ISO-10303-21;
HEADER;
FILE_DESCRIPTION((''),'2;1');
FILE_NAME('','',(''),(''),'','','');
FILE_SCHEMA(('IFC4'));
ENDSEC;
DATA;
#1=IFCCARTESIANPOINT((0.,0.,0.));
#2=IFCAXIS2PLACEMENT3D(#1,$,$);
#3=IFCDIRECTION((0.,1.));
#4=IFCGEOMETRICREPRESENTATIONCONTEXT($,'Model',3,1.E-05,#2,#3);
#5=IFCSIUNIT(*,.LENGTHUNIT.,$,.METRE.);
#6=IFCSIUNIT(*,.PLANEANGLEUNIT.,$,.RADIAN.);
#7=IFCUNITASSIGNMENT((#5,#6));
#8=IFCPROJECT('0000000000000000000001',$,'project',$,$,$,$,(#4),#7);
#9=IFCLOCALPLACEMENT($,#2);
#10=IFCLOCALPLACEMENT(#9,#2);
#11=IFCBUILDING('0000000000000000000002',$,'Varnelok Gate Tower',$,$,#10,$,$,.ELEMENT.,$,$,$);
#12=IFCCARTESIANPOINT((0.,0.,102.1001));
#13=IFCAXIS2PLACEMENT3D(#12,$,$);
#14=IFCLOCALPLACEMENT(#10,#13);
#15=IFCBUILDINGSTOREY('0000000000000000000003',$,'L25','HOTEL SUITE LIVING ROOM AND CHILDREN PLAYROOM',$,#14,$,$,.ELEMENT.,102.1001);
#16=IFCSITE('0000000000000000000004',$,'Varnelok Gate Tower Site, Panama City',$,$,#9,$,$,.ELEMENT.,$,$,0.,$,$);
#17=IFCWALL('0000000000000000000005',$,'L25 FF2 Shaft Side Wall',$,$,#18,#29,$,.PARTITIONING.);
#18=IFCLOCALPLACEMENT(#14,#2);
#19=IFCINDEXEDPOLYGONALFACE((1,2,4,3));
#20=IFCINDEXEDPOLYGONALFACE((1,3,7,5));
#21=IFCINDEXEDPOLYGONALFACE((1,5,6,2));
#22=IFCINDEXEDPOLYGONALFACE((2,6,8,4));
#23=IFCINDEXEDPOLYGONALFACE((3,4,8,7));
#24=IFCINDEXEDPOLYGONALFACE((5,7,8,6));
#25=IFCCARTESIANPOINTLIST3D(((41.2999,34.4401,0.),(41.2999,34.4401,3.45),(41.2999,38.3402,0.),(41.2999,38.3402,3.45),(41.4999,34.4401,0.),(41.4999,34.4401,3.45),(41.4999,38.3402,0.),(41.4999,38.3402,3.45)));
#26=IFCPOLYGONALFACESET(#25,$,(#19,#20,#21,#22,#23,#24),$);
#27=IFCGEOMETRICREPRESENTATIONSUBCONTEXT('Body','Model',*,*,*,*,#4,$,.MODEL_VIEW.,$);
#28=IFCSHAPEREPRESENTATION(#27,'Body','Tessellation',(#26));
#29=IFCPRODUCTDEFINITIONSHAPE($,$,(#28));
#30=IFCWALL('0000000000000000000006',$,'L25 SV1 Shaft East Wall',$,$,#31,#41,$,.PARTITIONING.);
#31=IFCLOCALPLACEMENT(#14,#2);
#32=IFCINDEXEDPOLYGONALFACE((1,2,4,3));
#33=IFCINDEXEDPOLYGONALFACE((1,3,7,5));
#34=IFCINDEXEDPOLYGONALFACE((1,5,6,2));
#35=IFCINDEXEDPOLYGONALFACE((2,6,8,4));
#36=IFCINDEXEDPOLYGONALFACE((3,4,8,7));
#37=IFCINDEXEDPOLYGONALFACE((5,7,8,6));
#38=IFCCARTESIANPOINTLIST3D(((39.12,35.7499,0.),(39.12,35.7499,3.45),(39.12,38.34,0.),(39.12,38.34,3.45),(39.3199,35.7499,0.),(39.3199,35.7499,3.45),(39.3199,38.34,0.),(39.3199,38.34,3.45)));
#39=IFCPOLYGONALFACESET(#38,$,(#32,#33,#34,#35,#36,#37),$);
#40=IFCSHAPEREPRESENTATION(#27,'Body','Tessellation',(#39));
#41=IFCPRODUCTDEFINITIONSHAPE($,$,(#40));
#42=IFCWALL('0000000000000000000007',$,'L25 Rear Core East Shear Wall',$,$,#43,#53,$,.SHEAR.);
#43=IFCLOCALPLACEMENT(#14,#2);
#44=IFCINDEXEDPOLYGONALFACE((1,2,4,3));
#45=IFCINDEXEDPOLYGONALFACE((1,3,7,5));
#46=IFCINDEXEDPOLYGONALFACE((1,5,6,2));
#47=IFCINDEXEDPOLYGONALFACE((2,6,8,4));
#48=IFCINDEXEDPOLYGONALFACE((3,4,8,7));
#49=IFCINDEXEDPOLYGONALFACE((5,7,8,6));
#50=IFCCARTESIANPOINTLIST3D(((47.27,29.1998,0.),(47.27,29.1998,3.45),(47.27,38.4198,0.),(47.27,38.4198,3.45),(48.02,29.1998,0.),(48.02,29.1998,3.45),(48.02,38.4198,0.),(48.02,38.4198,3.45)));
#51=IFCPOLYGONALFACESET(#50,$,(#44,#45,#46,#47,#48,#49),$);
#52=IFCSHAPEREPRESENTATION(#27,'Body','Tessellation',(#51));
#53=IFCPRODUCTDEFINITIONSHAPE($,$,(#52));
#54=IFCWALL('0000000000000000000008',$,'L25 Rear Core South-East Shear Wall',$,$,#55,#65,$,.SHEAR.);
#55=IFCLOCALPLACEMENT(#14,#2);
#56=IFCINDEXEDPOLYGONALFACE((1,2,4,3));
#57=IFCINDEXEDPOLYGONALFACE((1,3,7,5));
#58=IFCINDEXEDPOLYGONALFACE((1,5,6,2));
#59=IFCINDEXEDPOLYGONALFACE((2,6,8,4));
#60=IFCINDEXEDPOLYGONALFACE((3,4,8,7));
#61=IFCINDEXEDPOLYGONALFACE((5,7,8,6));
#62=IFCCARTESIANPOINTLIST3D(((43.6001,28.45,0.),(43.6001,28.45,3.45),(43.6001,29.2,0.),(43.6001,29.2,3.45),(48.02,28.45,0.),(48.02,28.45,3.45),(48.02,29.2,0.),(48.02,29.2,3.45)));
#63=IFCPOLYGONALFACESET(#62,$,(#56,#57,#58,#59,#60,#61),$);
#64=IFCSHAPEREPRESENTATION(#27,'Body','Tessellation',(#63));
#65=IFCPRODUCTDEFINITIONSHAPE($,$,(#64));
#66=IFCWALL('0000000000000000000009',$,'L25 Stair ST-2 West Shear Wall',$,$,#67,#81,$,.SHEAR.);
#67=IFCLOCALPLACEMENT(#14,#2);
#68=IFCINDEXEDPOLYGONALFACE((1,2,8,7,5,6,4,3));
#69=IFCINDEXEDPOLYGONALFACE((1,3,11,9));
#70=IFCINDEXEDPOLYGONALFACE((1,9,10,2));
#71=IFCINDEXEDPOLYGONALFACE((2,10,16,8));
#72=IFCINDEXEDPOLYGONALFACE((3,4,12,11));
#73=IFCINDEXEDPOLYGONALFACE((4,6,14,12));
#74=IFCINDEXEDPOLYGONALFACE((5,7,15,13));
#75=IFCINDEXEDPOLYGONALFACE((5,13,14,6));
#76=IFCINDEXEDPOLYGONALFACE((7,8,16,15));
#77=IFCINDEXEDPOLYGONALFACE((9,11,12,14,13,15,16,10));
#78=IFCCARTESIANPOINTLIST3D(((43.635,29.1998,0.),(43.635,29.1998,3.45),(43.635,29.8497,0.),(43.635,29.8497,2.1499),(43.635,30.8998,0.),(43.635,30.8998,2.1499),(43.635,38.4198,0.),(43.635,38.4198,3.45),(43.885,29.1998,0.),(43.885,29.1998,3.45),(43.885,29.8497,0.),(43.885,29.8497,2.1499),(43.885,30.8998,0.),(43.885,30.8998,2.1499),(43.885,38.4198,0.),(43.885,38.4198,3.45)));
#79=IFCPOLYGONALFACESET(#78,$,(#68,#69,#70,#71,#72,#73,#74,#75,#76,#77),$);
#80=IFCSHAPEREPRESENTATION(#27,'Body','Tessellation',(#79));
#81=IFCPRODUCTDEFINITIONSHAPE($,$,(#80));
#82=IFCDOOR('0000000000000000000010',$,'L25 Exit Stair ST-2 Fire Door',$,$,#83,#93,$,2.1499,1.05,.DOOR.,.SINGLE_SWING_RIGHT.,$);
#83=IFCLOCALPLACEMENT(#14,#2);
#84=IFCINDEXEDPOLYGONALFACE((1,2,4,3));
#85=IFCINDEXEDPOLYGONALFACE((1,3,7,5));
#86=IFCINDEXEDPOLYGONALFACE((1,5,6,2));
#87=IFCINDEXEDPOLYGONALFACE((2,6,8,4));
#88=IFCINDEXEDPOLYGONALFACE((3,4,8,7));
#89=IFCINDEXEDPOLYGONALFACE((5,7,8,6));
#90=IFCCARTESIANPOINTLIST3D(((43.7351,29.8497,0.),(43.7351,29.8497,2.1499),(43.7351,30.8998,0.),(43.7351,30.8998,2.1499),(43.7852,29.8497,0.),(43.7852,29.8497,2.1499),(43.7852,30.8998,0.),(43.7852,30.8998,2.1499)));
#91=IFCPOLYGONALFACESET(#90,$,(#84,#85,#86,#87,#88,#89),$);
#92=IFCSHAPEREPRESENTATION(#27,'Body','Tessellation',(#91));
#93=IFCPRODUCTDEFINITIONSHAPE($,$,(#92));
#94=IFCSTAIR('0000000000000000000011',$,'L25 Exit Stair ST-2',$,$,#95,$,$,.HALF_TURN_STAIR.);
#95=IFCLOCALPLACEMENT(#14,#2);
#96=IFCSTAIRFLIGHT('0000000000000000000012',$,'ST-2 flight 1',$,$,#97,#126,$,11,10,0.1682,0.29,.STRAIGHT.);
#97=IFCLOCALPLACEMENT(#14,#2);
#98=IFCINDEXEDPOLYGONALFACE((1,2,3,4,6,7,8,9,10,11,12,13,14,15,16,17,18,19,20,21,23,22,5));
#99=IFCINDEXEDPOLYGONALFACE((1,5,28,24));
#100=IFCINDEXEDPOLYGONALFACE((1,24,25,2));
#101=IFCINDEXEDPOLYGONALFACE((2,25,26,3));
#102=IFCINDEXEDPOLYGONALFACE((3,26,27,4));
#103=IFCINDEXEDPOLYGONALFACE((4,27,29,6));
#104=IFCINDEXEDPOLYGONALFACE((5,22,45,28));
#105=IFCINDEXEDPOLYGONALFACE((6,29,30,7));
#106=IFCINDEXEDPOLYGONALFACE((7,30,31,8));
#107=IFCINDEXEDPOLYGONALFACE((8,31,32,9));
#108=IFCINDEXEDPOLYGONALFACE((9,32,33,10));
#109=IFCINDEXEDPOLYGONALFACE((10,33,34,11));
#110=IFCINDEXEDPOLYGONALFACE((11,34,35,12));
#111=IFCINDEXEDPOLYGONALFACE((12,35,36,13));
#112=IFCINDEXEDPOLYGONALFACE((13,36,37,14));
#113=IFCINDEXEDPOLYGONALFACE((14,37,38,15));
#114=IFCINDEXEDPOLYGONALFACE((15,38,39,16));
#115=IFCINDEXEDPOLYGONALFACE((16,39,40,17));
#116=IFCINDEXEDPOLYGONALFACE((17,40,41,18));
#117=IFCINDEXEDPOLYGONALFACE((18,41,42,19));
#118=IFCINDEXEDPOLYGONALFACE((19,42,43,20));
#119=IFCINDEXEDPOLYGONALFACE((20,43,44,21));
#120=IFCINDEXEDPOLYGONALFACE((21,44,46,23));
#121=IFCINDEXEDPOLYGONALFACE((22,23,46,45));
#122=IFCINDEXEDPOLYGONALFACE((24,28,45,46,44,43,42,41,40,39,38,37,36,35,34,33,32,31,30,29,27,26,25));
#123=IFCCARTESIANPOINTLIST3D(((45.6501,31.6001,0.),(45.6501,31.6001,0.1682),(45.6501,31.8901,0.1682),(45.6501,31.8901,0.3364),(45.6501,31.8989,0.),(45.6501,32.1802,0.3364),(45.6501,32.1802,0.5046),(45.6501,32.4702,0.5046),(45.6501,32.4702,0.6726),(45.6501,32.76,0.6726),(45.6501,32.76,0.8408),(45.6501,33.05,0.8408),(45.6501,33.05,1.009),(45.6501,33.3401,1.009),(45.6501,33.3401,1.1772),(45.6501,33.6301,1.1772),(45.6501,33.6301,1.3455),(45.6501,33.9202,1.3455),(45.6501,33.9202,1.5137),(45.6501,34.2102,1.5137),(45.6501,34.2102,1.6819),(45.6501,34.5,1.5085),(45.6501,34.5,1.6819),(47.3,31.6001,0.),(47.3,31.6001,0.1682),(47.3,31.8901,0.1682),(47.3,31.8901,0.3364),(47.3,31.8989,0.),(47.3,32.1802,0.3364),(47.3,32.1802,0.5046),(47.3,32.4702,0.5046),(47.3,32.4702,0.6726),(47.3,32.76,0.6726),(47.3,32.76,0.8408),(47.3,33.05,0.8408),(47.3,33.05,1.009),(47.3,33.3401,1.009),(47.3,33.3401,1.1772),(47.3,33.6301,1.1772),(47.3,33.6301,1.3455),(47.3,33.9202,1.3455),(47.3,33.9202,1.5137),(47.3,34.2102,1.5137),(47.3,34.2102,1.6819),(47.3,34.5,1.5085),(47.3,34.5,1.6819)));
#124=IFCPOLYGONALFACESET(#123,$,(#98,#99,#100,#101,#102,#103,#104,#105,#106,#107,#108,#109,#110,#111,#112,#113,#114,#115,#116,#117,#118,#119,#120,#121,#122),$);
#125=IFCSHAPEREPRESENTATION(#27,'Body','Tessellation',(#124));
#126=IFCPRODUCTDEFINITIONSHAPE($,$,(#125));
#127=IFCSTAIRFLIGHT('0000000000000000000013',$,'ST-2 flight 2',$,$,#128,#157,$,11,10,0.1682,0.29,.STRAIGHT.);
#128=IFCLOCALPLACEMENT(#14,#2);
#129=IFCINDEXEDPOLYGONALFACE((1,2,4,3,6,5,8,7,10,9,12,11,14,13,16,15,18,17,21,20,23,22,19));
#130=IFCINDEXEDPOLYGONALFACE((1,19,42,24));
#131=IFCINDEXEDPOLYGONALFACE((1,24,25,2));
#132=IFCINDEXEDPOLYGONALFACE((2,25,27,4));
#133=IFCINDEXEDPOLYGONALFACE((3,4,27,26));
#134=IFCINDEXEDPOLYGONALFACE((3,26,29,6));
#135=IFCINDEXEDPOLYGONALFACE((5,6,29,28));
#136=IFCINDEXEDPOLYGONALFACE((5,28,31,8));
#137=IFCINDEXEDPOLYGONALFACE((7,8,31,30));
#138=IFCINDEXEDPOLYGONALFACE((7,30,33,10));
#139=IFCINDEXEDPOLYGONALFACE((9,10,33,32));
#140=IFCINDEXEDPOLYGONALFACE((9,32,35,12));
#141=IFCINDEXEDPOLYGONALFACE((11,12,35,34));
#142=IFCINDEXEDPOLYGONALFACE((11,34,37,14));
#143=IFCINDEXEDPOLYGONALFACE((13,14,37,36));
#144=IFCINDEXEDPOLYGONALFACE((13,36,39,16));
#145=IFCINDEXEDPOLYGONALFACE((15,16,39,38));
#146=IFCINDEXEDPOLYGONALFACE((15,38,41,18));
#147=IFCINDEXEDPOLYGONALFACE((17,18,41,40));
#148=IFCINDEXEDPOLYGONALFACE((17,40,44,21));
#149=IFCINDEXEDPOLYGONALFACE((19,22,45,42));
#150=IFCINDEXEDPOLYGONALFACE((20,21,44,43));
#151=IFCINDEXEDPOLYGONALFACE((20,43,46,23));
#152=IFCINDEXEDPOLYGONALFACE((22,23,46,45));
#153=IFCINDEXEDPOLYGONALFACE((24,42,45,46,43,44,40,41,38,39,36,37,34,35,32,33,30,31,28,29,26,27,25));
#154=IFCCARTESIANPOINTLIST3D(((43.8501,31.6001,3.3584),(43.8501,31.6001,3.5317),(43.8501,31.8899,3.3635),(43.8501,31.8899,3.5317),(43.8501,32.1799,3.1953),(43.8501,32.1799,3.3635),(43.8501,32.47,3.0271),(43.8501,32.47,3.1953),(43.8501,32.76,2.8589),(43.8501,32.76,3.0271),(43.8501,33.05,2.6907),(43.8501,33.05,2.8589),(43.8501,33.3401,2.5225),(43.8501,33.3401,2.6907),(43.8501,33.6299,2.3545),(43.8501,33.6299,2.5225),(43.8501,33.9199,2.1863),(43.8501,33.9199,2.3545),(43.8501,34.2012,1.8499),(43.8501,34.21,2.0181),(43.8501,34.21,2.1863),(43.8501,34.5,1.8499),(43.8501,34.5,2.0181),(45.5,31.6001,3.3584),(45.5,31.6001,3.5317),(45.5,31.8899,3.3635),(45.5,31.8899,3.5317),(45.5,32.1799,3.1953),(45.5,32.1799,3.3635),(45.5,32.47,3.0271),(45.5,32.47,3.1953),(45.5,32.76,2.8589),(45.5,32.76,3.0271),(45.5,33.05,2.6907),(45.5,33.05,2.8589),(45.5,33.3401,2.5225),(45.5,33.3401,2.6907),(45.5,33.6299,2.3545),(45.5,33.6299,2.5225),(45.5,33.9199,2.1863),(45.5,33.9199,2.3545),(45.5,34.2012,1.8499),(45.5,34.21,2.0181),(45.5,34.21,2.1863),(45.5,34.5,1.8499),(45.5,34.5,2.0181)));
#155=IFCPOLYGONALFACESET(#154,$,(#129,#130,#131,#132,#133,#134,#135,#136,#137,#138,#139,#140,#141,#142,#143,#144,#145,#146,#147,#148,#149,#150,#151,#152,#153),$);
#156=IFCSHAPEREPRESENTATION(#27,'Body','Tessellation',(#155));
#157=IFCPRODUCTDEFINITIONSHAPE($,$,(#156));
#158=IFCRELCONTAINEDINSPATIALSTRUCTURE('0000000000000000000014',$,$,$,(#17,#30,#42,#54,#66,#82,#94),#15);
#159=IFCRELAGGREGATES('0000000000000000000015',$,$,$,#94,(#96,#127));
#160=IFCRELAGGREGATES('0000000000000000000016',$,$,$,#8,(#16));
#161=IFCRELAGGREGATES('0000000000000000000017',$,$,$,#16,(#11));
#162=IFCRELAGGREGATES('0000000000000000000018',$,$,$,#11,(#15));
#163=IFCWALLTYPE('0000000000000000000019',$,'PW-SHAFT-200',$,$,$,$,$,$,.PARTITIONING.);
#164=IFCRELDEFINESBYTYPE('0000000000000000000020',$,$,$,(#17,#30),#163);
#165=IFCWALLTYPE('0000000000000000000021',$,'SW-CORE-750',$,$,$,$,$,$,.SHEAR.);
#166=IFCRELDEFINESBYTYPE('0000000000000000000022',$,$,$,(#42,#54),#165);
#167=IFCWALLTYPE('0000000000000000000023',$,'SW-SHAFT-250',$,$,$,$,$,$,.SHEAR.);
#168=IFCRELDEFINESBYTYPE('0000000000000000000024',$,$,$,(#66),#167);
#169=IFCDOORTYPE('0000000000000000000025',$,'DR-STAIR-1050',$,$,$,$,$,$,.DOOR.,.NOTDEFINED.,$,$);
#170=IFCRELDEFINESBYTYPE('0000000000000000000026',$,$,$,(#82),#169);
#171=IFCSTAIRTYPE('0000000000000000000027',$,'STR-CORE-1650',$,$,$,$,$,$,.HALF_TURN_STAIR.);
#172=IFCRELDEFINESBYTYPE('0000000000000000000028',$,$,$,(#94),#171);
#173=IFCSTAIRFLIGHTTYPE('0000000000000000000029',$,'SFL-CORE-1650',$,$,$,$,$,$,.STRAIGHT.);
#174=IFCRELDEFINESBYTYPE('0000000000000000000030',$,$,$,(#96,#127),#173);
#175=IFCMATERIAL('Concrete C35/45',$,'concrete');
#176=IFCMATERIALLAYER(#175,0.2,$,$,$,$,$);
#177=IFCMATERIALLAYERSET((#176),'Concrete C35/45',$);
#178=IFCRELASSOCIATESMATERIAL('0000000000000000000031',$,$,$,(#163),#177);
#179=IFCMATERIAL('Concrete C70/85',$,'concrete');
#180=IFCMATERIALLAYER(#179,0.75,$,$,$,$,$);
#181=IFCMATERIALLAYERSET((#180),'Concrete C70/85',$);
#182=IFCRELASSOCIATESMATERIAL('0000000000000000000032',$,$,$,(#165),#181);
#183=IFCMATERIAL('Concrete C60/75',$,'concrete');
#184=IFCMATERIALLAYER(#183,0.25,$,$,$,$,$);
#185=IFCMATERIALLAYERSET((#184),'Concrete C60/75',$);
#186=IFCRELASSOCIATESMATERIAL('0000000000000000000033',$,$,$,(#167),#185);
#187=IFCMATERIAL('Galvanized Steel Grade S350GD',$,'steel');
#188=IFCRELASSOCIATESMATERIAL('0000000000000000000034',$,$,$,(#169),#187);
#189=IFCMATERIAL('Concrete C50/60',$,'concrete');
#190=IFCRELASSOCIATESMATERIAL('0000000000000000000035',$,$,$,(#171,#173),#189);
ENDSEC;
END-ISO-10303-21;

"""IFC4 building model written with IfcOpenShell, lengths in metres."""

from ifc_helpers import new_model, si_unit, direction, frame, frame_2d, origin, place, context, subcontext, project, spatial, polyline, rectangle, outline, extrude, material, layer, layer_set, type_object, element, fill, aggregate, save


model = new_model("IFC4")

# Units and contexts
model_context = context("Model", 3, precision=1e-05, world=origin(), true_north=direction((0.0, 1.0)))
body_context = subcontext(model_context, "Body", "Model", "MODEL_VIEW")
ifc_project = project(units=[si_unit("LENGTHUNIT", "METRE"), si_unit("PLANEANGLEUNIT", "RADIAN")], contexts=[model_context])

# Site, building, storey
site_placement = place(None, origin())
site = spatial("IfcSite", under=ifc_project, at=site_placement, Name="Varnelok Gate Tower Site, Panama City", CompositionType="ELEMENT", RefElevation=0.0)
building_placement = place(site_placement, origin())
building = spatial("IfcBuilding", under=site, at=building_placement, Name="Varnelok Gate Tower", CompositionType="ELEMENT")
storey_placement = place(building_placement, frame((0.0, 0.0, 102.1001)))
storey = spatial("IfcBuildingStorey", under=building, at=storey_placement, Name="L25", Description="HOTEL SUITE LIVING ROOM AND CHILDREN PLAYROOM", CompositionType="ELEMENT", Elevation=102.1001)

# Shared definitions
ifc_material_1 = material(Name="Concrete C70/85", Category="concrete")

# Shared definitions
ifc_material_2 = material(Name="Galvanized Steel Grade S350GD", Category="steel")

# Shared definitions
ifc_material_3 = material(Name="Concrete C35/45", Category="concrete")
ifc_layer_1 = layer(ifc_material_3, 0.2)
ifc_layer_set_1 = layer_set([ifc_layer_1], Name="Concrete C35/45")
wall_type_1 = type_object("IfcWallType", Name="PW-SHAFT-200", PredefinedType="PARTITIONING", material=ifc_layer_set_1)

# Walls
wall_1_placement = place(storey_placement, frame((41.3999, 34.4399, 0.0), z_axis=(0.0, 0.0, 1.0), x_axis=(0.0, 1.0, 0.0)))
element("IfcWall", 1, at=wall_1_placement, inside=storey, type_object=wall_type_1, Name="L25 FF2 Shaft Side Wall", PredefinedType="PARTITIONING", context=body_context, shape_type="SweptSolid", body=[
    extrude(rectangle(XDim=3.9001, YDim=0.2, at=frame_2d((1.9502, 0.0))), origin(), (0.0, 0.0, 1.0), 3.45),
])
wall_2_placement = place(storey_placement, frame((39.22, 35.75, 0.0), z_axis=(0.0, 0.0, 1.0), x_axis=(0.0, 1.0, 0.0)))
element("IfcWall", 2, at=wall_2_placement, inside=storey, type_object=wall_type_1, Name="L25 SV1 Shaft East Wall", PredefinedType="PARTITIONING", context=body_context, shape_type="SweptSolid", body=[
    extrude(rectangle(XDim=2.5901, YDim=0.2, at=frame_2d((1.2949, 0.0))), origin(), (0.0, 0.0, 1.0), 3.45),
])
ifc_layer_2 = layer(ifc_material_1, 0.75)
ifc_layer_set_2 = layer_set([ifc_layer_2], Name="Concrete C70/85")
wall_type_2 = type_object("IfcWallType", Name="SW-CORE-750", PredefinedType="SHEAR", material=ifc_layer_set_2)
wall_3_placement = place(storey_placement, frame((47.645, 29.2, 0.0), z_axis=(0.0, 0.0, 1.0), x_axis=(0.0, 1.0, 0.0)))
element("IfcWall", 3, at=wall_3_placement, inside=storey, type_object=wall_type_2, Name="L25 Rear Core East Shear Wall", PredefinedType="SHEAR", context=body_context, shape_type="SweptSolid", body=[
    extrude(rectangle(XDim=9.22, YDim=0.75, at=frame_2d((4.6099, 0.0))), origin(), (0.0, 0.0, 1.0), 3.45),
])
wall_4_placement = place(storey_placement, frame((43.6001, 28.825, 0.0), z_axis=(0.0, 0.0, 1.0), x_axis=(1.0, 0.0, 0.0)))
element("IfcWall", 4, at=wall_4_placement, inside=storey, type_object=wall_type_2, Name="L25 Rear Core South-East Shear Wall", PredefinedType="SHEAR", context=body_context, shape_type="SweptSolid", body=[
    extrude(rectangle(XDim=4.4199, YDim=0.75, at=frame_2d((2.21, 0.0))), origin(), (0.0, 0.0, 1.0), 3.45),
])

# Wall, opening, door
ifc_material_4 = material(Name="Concrete C60/75", Category="concrete")
ifc_layer_3 = layer(ifc_material_4, 0.25)
ifc_layer_set_3 = layer_set([ifc_layer_3], Name="Concrete C60/75")
wall_type_3 = type_object("IfcWallType", Name="SW-SHAFT-250", PredefinedType="SHEAR", material=ifc_layer_set_3)
wall_5_placement = place(storey_placement, frame((43.76, 29.2, 0.0), z_axis=(0.0, 0.0, 1.0), x_axis=(0.0, 1.0, 0.0)))
wall_5 = element("IfcWall", 5, at=wall_5_placement, inside=storey, type_object=wall_type_3, Name="L25 Stair ST-2 West Shear Wall", PredefinedType="SHEAR", context=body_context, shape_type="SweptSolid", body=[
    extrude(rectangle(XDim=9.22, YDim=0.25, at=frame_2d((4.6099, 0.0))), origin(), (0.0, 0.0, 1.0), 3.45),
])
opening_1_placement = place(wall_5_placement, frame((0.6499, 0.0, 0.0)))
opening_1 = element("IfcOpeningElement", 6, at=opening_1_placement, cuts=wall_5, PredefinedType="OPENING", context=body_context, shape_type="SweptSolid", body=[
    extrude(rectangle(XDim=1.05, YDim=2.1499, at=frame_2d((0.5249, 1.075))), frame((0.0, 0.135, 0.0), z_axis=(0.0, -1.0, 0.0), x_axis=(1.0, 0.0, 0.0)), (0.0, 0.0, 1.0), 0.27),
])
door_type_1 = type_object("IfcDoorType", Name="DR-STAIR-1050", OperationType="NOTDEFINED", PredefinedType="DOOR", material=ifc_material_2)
door_1_placement = place(opening_1_placement, origin())
door_1 = element("IfcDoor", 7, at=door_1_placement, inside=storey, type_object=door_type_1, Name="L25 Exit Stair ST-2 Fire Door", OperationType="SINGLE_SWING_RIGHT", OverallHeight=2.1499, OverallWidth=1.05, PredefinedType="DOOR", context=body_context, shape_type="SweptSolid", body=[
    extrude(rectangle(XDim=1.05, YDim=2.1499, at=frame_2d((0.5249, 1.075))), frame((0.0, 0.0249, 0.0), z_axis=(0.0, -1.0, 0.0), x_axis=(1.0, 0.0, 0.0)), (0.0, 0.0, 1.0), 0.05),
])
fill(opening_1, door_1)

# Stair, stair flights
ifc_material_5 = material(Name="Concrete C50/60", Category="concrete")
stair_type = type_object("IfcStairType", Name="STR-CORE-1650", PredefinedType="HALF_TURN_STAIR", material=ifc_material_5)
stair_placement = place(storey_placement, origin())
stair = element("IfcStair", 8, at=stair_placement, inside=storey, type_object=stair_type, Name="L25 Exit Stair ST-2", PredefinedType="HALF_TURN_STAIR")
stair_flight_type = type_object("IfcStairFlightType", Name="SFL-CORE-1650", PredefinedType="STRAIGHT", material=ifc_material_5)
stair_flight_1_placement = place(storey_placement, frame((46.4751, 31.6001, 0.0), z_axis=(0.0, 0.0, 1.0), x_axis=(0.0, 1.0, 0.0)))
stair_flight_1 = element("IfcStairFlight", 9, at=stair_flight_1_placement, type_object=stair_flight_type, Name="ST-2 flight 1", NumberOfRisers=11, NumberOfTreads=10, PredefinedType="STRAIGHT", RiserHeight=0.1682, TreadLength=0.29, context=body_context, shape_type="SweptSolid", body=[
    extrude(outline(polyline([(0.0, 0.0), (0.0, 0.1682), (0.29, 0.1682), (0.29, 0.3364), (0.5801, 0.3364), (0.5801, 0.5046), (0.8701, 0.5046), (0.8701, 0.6726), (1.1599, 0.6726), (1.1599, 0.8408), (1.45, 0.8408), (1.45, 1.009), (1.74, 1.009), (1.74, 1.1772), (2.03, 1.1772), (2.03, 1.3455), (2.3201, 1.3455), (2.3201, 1.5137), (2.6101, 1.5137), (2.6101, 1.6819), (2.8999, 1.6819), (2.8999, 1.8501), (2.8999, 1.5085), (0.2988, 0.0), (0.0, 0.0)])), frame((0.0, 0.825, 0.0), z_axis=(0.0, -1.0, 0.0), x_axis=(1.0, 0.0, 0.0)), (0.0, 0.0, 1.0), 1.6499),
])
stair_flight_2_placement = place(storey_placement, frame((44.675, 34.5, 1.8499), z_axis=(0.0, 0.0, 1.0), x_axis=(0.0, -1.0, 0.0)))
stair_flight_2 = element("IfcStairFlight", 10, at=stair_flight_2_placement, type_object=stair_flight_type, Name="ST-2 flight 2", NumberOfRisers=11, NumberOfTreads=10, PredefinedType="STRAIGHT", RiserHeight=0.1682, TreadLength=0.29, context=body_context, shape_type="SweptSolid", body=[
    extrude(outline(polyline([(0.0, 0.0), (0.0, 0.1682), (0.29, 0.1682), (0.29, 0.3364), (0.5801, 0.3364), (0.5801, 0.5046), (0.8701, 0.5046), (0.8701, 0.6726), (1.1599, 0.6726), (1.1599, 0.8408), (1.45, 0.8408), (1.45, 1.009), (1.74, 1.009), (1.74, 1.1772), (2.03, 1.1772), (2.03, 1.3455), (2.3201, 1.3455), (2.3201, 1.5137), (2.6101, 1.5137), (2.6101, 1.6819), (2.8999, 1.6819), (2.8999, 1.8501), (2.8999, 1.5085), (0.2988, 0.0), (0.0, 0.0)])), frame((0.0, 0.825, 0.0), z_axis=(0.0, -1.0, 0.0), x_axis=(1.0, 0.0, 0.0)), (0.0, 0.0, 1.0), 1.6499),
])
aggregate(stair, [stair_flight_1, stair_flight_2])

save(model, "model.ifc")
